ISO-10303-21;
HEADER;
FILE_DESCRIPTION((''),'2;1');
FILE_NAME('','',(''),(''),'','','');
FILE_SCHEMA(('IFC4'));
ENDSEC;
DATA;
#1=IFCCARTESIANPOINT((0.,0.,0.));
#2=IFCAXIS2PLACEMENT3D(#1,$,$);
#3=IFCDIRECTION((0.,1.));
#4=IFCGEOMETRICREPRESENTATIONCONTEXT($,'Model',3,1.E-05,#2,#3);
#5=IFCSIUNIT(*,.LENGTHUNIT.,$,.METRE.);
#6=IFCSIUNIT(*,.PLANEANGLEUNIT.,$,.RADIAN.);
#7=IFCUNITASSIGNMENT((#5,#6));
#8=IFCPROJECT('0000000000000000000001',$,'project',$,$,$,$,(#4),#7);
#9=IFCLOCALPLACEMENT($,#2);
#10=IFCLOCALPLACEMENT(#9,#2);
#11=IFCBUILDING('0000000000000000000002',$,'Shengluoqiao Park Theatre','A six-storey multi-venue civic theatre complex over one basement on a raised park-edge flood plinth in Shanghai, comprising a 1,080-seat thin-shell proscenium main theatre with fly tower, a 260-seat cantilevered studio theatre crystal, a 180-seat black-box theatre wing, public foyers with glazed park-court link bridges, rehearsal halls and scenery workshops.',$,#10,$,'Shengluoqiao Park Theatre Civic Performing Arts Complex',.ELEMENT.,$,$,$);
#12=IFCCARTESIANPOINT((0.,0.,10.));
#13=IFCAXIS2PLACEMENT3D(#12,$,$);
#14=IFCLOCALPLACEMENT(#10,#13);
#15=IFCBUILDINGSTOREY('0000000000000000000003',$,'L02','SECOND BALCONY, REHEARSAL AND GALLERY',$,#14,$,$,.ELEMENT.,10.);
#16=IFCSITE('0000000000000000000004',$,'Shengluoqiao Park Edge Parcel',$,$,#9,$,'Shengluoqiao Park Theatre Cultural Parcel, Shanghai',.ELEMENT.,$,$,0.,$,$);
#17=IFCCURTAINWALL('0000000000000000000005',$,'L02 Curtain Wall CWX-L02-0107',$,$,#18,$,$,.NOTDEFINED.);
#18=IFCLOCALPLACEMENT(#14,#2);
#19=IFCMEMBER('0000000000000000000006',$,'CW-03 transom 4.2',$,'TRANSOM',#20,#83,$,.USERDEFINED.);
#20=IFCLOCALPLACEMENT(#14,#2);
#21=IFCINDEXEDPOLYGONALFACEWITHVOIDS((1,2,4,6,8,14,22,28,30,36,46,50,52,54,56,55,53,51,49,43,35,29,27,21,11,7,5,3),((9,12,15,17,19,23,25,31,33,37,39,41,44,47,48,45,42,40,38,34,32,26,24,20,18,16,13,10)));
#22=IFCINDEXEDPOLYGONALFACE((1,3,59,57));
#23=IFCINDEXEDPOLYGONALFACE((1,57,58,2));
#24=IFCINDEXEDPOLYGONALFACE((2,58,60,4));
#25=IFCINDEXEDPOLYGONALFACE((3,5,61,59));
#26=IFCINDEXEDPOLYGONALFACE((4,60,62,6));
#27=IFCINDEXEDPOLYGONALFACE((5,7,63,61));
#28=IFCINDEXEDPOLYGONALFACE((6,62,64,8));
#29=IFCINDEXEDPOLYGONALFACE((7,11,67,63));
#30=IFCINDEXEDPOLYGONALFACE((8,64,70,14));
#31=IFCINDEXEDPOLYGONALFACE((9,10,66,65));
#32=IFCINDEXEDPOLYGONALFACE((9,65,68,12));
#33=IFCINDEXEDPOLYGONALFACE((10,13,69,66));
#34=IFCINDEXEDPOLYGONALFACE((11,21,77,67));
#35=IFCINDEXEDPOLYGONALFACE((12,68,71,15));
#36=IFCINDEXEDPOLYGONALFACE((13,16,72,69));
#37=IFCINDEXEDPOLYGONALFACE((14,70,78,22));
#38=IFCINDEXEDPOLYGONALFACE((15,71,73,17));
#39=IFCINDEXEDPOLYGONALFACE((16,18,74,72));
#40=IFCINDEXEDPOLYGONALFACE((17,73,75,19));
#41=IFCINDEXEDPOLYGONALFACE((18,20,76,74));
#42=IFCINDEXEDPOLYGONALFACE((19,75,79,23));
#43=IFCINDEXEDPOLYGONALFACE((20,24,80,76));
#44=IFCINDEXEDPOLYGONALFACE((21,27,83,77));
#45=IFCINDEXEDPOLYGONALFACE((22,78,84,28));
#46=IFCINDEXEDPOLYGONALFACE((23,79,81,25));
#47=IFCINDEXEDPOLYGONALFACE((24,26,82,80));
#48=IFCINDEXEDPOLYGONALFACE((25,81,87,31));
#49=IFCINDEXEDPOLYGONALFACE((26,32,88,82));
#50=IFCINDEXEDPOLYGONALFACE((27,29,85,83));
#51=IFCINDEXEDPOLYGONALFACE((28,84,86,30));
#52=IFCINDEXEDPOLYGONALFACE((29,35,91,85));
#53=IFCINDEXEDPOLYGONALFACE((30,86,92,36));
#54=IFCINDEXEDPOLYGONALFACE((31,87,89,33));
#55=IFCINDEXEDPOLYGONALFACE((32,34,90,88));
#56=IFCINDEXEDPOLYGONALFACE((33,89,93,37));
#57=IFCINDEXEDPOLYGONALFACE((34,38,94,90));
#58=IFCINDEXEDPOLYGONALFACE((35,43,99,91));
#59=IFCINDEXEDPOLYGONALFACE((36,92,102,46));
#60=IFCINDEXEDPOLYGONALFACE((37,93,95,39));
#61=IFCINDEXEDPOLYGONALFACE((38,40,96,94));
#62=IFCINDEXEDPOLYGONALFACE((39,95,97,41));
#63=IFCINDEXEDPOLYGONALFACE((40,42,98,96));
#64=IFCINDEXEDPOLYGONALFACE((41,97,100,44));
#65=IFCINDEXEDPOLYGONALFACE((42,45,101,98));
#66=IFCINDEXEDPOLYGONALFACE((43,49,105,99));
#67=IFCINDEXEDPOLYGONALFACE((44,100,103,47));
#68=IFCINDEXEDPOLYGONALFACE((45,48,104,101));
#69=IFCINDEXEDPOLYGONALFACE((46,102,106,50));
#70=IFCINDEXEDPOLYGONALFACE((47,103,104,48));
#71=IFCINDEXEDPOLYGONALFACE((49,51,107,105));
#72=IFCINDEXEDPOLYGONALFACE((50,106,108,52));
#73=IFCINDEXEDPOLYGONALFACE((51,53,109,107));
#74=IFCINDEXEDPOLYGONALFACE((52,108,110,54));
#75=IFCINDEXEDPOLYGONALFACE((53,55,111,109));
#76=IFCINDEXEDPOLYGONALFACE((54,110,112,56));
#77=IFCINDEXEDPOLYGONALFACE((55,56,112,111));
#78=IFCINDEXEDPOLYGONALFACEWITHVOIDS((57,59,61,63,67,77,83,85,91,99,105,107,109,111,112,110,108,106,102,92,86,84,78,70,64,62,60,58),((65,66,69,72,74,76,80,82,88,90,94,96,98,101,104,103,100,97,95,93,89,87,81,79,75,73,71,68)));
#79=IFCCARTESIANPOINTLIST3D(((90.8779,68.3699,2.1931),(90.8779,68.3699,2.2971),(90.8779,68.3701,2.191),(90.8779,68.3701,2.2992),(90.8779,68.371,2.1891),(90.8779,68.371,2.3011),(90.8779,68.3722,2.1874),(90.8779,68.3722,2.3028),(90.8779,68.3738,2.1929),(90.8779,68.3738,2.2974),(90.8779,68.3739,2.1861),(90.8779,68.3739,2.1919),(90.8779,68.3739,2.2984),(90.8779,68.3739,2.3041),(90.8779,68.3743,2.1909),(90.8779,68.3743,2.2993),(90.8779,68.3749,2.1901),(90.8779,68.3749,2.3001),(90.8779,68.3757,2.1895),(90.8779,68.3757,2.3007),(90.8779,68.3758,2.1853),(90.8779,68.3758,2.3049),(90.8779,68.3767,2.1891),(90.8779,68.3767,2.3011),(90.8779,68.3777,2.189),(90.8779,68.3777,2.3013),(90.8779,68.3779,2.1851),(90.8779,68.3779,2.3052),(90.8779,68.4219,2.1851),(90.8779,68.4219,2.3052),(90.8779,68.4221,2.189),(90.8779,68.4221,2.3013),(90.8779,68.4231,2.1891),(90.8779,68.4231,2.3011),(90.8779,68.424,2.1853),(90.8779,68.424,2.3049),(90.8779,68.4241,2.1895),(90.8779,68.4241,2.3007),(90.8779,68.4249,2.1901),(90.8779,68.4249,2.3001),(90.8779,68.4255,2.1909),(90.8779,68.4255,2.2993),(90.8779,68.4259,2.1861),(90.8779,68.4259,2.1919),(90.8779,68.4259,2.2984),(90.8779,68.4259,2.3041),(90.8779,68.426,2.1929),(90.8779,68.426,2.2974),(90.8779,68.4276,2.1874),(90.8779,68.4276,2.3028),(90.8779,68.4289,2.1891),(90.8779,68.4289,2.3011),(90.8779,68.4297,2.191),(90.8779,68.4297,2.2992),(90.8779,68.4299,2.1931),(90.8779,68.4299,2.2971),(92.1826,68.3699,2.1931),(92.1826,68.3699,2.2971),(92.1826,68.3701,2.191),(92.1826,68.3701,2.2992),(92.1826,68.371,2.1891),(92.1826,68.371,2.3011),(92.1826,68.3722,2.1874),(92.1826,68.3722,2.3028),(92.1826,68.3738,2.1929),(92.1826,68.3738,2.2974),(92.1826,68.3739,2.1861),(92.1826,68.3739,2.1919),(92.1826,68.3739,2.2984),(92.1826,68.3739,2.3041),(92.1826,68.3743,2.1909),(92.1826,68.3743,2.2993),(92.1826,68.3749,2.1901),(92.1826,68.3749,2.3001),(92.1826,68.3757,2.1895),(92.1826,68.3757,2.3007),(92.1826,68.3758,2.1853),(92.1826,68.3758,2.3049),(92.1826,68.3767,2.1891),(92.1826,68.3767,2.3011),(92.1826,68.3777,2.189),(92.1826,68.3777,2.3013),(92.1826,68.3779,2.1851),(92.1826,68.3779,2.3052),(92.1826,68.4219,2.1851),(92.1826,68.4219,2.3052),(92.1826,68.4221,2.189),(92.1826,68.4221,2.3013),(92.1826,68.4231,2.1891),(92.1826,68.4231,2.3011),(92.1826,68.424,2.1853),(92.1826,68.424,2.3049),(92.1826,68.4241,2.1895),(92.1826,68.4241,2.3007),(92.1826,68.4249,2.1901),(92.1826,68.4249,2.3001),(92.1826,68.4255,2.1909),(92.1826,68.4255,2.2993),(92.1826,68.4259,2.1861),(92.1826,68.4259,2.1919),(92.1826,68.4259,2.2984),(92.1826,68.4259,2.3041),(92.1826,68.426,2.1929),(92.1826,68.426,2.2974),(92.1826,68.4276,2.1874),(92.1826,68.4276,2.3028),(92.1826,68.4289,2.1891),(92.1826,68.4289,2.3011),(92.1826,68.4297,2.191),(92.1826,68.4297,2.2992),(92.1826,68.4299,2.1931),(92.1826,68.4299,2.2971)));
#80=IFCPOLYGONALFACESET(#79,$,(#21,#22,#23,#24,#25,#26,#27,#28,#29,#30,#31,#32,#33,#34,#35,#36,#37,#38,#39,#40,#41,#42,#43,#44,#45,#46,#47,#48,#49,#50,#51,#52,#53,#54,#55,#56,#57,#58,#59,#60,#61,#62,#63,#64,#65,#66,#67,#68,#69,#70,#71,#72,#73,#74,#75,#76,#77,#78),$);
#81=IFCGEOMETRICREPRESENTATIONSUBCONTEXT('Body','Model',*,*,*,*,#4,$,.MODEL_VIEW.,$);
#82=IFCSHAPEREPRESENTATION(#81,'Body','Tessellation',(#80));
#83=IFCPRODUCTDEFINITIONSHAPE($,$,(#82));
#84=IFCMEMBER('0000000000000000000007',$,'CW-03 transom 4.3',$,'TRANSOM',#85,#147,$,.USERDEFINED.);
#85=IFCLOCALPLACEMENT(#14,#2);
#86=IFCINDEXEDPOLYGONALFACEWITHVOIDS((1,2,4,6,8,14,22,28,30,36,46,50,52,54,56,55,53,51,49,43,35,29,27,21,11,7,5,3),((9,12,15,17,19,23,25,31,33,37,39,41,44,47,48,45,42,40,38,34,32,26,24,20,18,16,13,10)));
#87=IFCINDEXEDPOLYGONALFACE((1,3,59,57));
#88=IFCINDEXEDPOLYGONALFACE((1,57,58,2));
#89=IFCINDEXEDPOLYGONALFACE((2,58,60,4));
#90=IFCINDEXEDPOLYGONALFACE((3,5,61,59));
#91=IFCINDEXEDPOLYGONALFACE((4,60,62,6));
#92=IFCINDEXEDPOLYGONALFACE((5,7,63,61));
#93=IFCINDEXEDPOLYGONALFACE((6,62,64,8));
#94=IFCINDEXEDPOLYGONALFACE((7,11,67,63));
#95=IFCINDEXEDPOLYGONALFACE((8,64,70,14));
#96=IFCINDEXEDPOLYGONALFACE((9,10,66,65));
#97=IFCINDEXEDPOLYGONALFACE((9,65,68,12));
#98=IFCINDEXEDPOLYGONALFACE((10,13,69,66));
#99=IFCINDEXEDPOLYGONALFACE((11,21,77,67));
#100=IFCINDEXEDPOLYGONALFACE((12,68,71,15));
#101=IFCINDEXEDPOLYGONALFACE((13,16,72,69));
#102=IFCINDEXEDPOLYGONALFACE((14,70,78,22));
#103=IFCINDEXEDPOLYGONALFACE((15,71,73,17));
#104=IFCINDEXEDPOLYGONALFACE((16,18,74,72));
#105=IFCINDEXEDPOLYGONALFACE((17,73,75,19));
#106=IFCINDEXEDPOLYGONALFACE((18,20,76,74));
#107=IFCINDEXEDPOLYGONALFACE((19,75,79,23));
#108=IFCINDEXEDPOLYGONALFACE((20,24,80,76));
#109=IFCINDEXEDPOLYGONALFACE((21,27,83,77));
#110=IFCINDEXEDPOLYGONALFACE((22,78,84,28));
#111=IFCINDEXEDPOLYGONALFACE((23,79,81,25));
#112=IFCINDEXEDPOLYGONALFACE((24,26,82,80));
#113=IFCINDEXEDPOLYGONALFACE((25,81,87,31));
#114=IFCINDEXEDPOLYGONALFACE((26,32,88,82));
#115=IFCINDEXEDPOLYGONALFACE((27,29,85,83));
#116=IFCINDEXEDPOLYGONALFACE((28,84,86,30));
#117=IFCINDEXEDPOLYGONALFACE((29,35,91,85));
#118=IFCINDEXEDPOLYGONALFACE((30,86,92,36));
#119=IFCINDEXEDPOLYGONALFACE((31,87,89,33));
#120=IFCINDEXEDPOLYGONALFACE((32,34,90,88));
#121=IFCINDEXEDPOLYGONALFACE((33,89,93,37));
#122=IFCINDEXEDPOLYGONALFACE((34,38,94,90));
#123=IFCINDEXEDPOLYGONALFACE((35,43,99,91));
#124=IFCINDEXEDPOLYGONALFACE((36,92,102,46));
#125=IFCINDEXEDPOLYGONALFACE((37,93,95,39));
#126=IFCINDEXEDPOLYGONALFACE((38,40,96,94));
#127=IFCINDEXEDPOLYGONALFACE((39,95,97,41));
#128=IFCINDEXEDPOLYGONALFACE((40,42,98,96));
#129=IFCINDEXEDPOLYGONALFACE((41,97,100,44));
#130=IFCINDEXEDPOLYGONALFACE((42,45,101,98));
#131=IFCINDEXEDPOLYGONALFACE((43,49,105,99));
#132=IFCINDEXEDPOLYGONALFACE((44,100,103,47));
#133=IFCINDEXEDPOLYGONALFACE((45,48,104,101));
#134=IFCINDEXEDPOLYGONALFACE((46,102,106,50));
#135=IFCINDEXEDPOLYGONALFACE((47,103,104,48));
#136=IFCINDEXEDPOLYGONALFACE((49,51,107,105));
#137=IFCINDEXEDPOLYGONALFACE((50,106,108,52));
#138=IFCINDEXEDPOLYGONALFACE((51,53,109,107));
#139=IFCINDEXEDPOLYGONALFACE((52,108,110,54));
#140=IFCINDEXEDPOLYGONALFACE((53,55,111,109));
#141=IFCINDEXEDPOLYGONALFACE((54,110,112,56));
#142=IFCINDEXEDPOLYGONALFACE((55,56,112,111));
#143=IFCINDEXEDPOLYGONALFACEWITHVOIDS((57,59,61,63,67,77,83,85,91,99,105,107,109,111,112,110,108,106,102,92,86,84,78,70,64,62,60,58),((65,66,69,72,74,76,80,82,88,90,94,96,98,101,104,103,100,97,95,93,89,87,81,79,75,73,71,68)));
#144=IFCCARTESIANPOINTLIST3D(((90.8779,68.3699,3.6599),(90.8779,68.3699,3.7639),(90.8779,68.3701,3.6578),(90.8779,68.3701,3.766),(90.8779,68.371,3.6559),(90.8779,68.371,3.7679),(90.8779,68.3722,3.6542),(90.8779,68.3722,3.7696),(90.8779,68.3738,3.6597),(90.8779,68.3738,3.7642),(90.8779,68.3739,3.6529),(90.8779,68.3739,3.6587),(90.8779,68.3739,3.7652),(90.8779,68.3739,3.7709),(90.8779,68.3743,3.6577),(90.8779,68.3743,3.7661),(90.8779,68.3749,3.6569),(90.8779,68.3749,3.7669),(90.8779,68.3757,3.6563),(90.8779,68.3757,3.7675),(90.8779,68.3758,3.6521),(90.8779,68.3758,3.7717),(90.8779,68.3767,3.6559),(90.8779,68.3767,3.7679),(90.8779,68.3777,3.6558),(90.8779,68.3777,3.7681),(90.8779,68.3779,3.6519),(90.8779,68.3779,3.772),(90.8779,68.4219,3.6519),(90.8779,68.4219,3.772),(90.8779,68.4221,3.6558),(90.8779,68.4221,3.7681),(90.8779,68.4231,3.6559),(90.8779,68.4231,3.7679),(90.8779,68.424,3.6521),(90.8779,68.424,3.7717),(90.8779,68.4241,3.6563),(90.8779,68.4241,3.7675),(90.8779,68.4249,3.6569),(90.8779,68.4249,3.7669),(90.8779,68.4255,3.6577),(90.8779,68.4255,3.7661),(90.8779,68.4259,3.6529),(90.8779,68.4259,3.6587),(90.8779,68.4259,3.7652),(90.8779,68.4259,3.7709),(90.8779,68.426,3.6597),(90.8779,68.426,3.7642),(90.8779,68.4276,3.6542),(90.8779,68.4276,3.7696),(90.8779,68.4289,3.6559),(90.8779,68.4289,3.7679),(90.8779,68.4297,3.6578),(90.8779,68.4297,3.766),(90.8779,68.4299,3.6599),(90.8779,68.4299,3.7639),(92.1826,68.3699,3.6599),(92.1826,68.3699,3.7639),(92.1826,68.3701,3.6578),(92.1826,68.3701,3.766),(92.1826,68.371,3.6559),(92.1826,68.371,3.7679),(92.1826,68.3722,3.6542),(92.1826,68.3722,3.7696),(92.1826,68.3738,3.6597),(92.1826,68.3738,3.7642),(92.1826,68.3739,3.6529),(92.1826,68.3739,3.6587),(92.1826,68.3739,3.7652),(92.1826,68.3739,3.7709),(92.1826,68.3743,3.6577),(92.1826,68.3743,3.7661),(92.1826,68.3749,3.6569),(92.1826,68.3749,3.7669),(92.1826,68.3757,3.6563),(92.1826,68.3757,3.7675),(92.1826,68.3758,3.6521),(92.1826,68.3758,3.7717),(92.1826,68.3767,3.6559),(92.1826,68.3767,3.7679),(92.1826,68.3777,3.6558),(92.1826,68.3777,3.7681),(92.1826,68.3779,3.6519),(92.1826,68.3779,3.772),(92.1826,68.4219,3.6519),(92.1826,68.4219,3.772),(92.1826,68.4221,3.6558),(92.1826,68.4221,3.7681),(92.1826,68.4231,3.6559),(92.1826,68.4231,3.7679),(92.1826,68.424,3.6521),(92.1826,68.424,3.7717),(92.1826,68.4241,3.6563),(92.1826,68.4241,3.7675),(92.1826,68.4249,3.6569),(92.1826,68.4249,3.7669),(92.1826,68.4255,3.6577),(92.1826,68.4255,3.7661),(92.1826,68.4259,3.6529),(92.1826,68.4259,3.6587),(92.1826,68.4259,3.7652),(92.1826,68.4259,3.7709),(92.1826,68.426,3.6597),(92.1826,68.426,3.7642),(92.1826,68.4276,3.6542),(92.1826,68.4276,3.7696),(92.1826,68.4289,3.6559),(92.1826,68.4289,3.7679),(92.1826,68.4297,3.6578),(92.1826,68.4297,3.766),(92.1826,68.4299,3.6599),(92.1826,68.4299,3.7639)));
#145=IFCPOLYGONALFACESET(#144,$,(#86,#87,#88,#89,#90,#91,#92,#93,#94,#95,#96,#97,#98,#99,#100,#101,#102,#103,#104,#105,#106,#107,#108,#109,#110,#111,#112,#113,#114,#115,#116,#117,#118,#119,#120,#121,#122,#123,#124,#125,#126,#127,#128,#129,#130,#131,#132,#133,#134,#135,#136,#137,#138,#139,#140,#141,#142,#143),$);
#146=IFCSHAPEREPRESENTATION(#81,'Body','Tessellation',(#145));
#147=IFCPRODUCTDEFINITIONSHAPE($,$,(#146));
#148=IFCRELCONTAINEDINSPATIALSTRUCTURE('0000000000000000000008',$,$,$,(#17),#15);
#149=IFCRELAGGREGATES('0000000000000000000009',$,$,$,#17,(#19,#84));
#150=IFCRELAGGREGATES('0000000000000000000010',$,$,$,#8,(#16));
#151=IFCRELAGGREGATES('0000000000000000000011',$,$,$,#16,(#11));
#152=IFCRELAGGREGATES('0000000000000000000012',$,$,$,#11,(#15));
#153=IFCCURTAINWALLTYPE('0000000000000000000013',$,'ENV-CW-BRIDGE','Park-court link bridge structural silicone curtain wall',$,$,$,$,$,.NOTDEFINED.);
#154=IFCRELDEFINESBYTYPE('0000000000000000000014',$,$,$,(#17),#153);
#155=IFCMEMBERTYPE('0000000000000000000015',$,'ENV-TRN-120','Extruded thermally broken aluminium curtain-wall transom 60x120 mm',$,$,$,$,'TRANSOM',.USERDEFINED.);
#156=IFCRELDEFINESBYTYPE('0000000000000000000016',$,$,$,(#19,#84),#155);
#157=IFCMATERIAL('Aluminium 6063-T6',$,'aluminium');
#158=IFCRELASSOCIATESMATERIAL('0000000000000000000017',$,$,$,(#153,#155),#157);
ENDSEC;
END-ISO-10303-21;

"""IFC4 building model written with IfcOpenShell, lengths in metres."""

from ifc_helpers import new_model, si_unit, direction, frame, origin, origin_2d, place, context, subcontext, project, spatial, hollow_rectangle, extrude, material, material_profile, profile_set, type_object, element, aggregate, save


model = new_model("IFC4")

# Units and contexts
model_context = context("Model", 3, precision=1e-05, world=origin(), true_north=direction((0.0, 1.0)))
body_context = subcontext(model_context, "Body", "Model", "MODEL_VIEW")
ifc_project = project(units=[si_unit("LENGTHUNIT", "METRE"), si_unit("PLANEANGLEUNIT", "RADIAN")], contexts=[model_context])

# Site, building, storey
site_placement = place(None, origin())
site = spatial("IfcSite", under=ifc_project, at=site_placement, Name="Shengluoqiao Park Edge Parcel", LongName="Shengluoqiao Park Theatre Cultural Parcel, Shanghai", CompositionType="ELEMENT", RefElevation=0.0)
building_placement = place(site_placement, origin())
building = spatial("IfcBuilding", under=site, at=building_placement, Name="Shengluoqiao Park Theatre", Description="A six-storey multi-venue civic theatre complex over one basement on a raised park-edge flood plinth in Shanghai, comprising a 1,080-seat thin-shell proscenium main theatre with fly tower, a 260-seat cantilevered studio theatre crystal, a 180-seat black-box theatre wing, public foyers with glazed park-court link bridges, rehearsal halls and scenery workshops.", LongName="Shengluoqiao Park Theatre Civic Performing Arts Complex", CompositionType="ELEMENT")
storey_placement = place(building_placement, frame((0.0, 0.0, 10.0)))
storey = spatial("IfcBuildingStorey", under=building, at=storey_placement, Name="L02", Description="SECOND BALCONY, REHEARSAL AND GALLERY", CompositionType="ELEMENT", Elevation=10.0)

# Curtain wall, members
ifc_material_1 = material(Name="Aluminium 6063-T6", Category="aluminium")
curtain_wall_type = type_object("IfcCurtainWallType", Name="ENV-CW-BRIDGE", Description="Park-court link bridge structural silicone curtain wall", PredefinedType="NOTDEFINED", material=ifc_material_1)
curtain_wall_placement = place(storey_placement, origin())
curtain_wall = element("IfcCurtainWall", 1, at=curtain_wall_placement, inside=storey, type_object=curtain_wall_type, Name="L02 Curtain Wall CWX-L02-0107", PredefinedType="NOTDEFINED")
ifc_material_profile_1 = material_profile(ifc_material_1, hollow_rectangle(XDim=0.0601, YDim=0.1201, WallThickness=0.0039, InnerFilletRadius=0.0039, OuterFilletRadius=0.0081, at=origin_2d()), Name="ALU TRANSOM 120x60x4")
ifc_profile_set_1 = profile_set([ifc_material_profile_1], Name="Aluminium 6063-T6")
member_type_1 = type_object("IfcMemberType", Name="ENV-TRN-120", Description="Extruded thermally broken aluminium curtain-wall transom 60x120 mm", ElementType="TRANSOM", PredefinedType="USERDEFINED", material=ifc_profile_set_1)
member_1_placement = place(storey_placement, frame((90.8779, 68.3999, 2.2451), z_axis=(1.0, 0.0, 0.0), x_axis=(0.0, 1.0, 0.0)))
member_1 = element("IfcMember", 2, at=member_1_placement, type_object=member_type_1, Name="CW-03 transom 4.2", ObjectType="TRANSOM", PredefinedType="USERDEFINED", context=body_context, shape_type="SweptSolid", body=[
    extrude(hollow_rectangle(XDim=0.0601, YDim=0.1201, WallThickness=0.0039, InnerFilletRadius=0.0039, OuterFilletRadius=0.0081, at=origin_2d()), origin(), (0.0, 0.0, 1.0), 1.3047),
])
member_2_placement = place(storey_placement, frame((90.8779, 68.3999, 3.7119), z_axis=(1.0, 0.0, 0.0), x_axis=(0.0, 1.0, 0.0)))
member_2 = element("IfcMember", 3, at=member_2_placement, type_object=member_type_1, Name="CW-03 transom 4.3", ObjectType="TRANSOM", PredefinedType="USERDEFINED", context=body_context, shape_type="SweptSolid", body=[
    extrude(hollow_rectangle(XDim=0.0601, YDim=0.1201, WallThickness=0.0039, InnerFilletRadius=0.0039, OuterFilletRadius=0.0081, at=origin_2d()), origin(), (0.0, 0.0, 1.0), 1.3047),
])
aggregate(curtain_wall, [member_1, member_2])

save(model, "model.ifc")
